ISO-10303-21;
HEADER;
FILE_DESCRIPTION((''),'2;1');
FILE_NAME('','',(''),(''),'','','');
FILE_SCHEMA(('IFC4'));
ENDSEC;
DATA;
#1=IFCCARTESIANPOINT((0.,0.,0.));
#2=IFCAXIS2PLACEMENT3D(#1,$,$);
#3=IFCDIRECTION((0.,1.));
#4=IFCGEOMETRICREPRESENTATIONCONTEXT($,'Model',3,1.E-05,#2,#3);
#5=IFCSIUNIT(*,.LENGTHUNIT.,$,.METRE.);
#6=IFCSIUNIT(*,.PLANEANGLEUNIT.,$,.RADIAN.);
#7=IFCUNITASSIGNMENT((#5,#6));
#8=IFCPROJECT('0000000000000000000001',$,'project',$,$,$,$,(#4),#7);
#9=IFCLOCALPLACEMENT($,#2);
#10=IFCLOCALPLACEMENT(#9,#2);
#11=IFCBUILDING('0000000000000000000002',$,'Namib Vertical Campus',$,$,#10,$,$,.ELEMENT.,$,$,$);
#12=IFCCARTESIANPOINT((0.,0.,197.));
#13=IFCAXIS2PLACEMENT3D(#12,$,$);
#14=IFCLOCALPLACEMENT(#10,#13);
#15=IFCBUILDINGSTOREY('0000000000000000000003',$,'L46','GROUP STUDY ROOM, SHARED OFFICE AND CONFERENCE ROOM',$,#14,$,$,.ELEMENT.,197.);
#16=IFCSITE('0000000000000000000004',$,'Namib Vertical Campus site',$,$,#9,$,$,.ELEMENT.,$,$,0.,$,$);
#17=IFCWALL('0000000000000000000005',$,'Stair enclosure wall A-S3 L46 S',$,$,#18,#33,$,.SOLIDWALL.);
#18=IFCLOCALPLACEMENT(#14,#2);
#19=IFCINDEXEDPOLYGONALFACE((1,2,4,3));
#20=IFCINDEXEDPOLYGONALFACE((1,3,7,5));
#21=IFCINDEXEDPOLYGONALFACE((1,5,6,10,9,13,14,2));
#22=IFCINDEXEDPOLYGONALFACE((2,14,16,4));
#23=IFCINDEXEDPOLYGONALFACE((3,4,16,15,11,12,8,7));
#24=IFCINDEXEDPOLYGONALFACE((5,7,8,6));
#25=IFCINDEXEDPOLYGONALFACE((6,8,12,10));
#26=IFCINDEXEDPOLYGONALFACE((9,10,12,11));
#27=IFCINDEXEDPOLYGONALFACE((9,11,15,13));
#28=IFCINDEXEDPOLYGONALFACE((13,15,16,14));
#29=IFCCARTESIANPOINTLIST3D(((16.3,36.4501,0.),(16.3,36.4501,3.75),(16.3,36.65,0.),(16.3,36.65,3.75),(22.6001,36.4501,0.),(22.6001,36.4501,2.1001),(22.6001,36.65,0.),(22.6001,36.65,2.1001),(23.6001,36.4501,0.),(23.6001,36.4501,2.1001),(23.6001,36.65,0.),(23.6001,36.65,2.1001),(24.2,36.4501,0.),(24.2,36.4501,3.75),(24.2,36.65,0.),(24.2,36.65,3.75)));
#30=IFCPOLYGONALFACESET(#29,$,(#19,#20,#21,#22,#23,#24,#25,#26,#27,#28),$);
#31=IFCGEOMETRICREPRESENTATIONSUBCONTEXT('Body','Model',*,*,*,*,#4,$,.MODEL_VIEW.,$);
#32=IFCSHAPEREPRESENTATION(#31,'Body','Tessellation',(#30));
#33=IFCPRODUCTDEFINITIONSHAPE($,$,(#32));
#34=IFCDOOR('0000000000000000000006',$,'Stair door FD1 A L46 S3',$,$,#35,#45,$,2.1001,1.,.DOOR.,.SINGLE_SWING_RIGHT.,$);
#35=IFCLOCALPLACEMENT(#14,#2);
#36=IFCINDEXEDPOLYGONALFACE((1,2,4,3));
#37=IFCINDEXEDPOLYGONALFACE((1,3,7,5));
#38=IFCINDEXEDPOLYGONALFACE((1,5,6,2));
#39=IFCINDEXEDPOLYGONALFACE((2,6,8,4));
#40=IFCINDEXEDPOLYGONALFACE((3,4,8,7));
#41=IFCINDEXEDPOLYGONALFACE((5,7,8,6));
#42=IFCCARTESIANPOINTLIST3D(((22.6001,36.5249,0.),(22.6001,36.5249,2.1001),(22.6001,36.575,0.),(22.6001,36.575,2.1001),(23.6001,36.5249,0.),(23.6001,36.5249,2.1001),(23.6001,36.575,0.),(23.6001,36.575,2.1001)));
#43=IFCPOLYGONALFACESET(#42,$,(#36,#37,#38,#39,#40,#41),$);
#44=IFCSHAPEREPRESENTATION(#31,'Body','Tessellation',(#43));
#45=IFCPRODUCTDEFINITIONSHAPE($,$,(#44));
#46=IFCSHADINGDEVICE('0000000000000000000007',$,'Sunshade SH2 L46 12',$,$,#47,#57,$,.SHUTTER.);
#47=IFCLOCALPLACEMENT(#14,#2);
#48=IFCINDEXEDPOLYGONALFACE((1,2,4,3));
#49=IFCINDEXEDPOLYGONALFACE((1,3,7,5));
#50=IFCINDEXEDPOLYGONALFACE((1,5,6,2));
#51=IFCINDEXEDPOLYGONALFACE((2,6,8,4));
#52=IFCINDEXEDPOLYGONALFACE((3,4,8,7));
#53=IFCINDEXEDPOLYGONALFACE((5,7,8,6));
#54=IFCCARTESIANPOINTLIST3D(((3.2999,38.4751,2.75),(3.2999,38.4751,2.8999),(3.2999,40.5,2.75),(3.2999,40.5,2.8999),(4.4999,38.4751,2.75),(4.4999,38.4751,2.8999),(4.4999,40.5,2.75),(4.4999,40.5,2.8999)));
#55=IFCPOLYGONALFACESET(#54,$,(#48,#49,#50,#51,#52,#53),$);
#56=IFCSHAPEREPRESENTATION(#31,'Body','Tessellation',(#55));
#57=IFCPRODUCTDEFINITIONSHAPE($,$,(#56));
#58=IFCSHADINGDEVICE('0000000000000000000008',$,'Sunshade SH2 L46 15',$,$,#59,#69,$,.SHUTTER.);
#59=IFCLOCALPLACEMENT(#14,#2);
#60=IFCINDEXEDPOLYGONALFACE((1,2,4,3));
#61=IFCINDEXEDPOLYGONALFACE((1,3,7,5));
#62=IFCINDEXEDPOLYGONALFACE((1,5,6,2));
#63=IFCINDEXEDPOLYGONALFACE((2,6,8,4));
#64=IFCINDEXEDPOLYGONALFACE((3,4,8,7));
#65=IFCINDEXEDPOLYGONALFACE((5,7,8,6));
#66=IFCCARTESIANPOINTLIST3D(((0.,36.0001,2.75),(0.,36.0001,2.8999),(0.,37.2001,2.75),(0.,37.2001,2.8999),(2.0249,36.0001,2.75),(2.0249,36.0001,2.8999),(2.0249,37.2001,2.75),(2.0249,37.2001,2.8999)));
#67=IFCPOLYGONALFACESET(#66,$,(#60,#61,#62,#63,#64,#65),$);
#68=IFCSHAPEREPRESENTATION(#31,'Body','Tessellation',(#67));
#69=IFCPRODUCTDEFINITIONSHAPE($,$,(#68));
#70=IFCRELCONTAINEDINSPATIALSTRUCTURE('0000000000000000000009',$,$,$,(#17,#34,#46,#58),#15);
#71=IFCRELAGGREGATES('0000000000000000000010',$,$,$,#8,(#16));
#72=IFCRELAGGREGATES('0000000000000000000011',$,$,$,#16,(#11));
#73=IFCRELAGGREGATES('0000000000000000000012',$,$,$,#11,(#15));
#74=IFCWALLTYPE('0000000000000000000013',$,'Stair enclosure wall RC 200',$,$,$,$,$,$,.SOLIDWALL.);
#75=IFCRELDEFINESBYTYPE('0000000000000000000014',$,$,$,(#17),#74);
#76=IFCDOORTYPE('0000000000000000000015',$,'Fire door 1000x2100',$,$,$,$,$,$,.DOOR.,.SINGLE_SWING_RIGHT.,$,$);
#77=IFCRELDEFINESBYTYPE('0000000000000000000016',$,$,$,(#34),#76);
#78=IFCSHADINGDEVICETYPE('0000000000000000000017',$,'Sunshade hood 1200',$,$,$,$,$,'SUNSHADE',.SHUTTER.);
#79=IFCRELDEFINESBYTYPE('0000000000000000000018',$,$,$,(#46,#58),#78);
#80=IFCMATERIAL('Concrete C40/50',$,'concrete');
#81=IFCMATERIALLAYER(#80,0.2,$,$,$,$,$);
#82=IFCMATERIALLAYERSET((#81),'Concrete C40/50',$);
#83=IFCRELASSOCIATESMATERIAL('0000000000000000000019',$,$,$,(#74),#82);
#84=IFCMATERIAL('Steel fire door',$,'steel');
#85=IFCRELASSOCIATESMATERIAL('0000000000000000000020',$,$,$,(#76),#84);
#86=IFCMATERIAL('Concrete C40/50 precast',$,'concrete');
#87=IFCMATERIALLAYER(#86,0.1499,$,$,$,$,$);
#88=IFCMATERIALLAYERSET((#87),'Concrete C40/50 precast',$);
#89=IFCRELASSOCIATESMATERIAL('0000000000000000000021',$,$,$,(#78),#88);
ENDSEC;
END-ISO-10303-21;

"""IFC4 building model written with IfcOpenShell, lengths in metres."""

from ifc_helpers import new_model, si_unit, direction, frame, frame_2d, origin, origin_2d, place, context, subcontext, project, spatial, rectangle, extrude, material, layer, layer_set, type_object, element, fill, save


model = new_model("IFC4")

# Units and contexts
model_context = context("Model", 3, precision=1e-05, world=origin(), true_north=direction((0.0, 1.0)))
body_context = subcontext(model_context, "Body", "Model", "MODEL_VIEW")
ifc_project = project(units=[si_unit("LENGTHUNIT", "METRE"), si_unit("PLANEANGLEUNIT", "RADIAN")], contexts=[model_context])

# Site, building, storey
site_placement = place(None, origin())
site = spatial("IfcSite", under=ifc_project, at=site_placement, Name="Namib Vertical Campus site", CompositionType="ELEMENT", RefElevation=0.0)
building_placement = place(site_placement, origin())
building = spatial("IfcBuilding", under=site, at=building_placement, Name="Namib Vertical Campus", CompositionType="ELEMENT")
storey_placement = place(building_placement, frame((0.0, 0.0, 197.0)))
storey = spatial("IfcBuildingStorey", under=building, at=storey_placement, Name="L46", Description="GROUP STUDY ROOM, SHARED OFFICE AND CONFERENCE ROOM", CompositionType="ELEMENT", Elevation=197.0)

# Wall, opening, door
ifc_material_1 = material(Name="Concrete C40/50", Category="concrete")
ifc_layer_1 = layer(ifc_material_1, 0.2)
ifc_layer_set_1 = layer_set([ifc_layer_1], Name="Concrete C40/50")
wall_type_1 = type_object("IfcWallType", Name="Stair enclosure wall RC 200", PredefinedType="SOLIDWALL", material=ifc_layer_set_1)
wall_1_placement = place(storey_placement, frame((16.3, 36.55, 0.0), z_axis=(0.0, 0.0, 1.0), x_axis=(1.0, 0.0, 0.0)))
wall_1 = element("IfcWall", 1, at=wall_1_placement, inside=storey, type_object=wall_type_1, Name="Stair enclosure wall A-S3 L46 S", PredefinedType="SOLIDWALL", context=body_context, shape_type="SweptSolid", body=[
    extrude(rectangle(XDim=7.8999, YDim=0.2, at=frame_2d((3.95, 0.0))), origin(), (0.0, 0.0, 1.0), 3.75),
])
opening_1_placement = place(wall_1_placement, frame((6.3, 0.0, 0.0)))
opening_1 = element("IfcOpeningElement", 2, at=opening_1_placement, cuts=wall_1, PredefinedType="OPENING", context=body_context, shape_type="SweptSolid", body=[
    extrude(rectangle(XDim=1.0, YDim=2.1001, at=frame_2d((0.5, 1.05))), frame((0.0, 0.1099, 0.0), z_axis=(0.0, -1.0, 0.0), x_axis=(1.0, 0.0, 0.0)), (0.0, 0.0, 1.0), 0.22),
])
ifc_material_2 = material(Name="Steel fire door", Category="steel")
door_type = type_object("IfcDoorType", Name="Fire door 1000x2100", OperationType="SINGLE_SWING_RIGHT", PredefinedType="DOOR", material=ifc_material_2)
door_placement = place(opening_1_placement, origin())
door = element("IfcDoor", 3, at=door_placement, inside=storey, type_object=door_type, Name="Stair door FD1 A L46 S3", OperationType="SINGLE_SWING_RIGHT", OverallHeight=2.1001, OverallWidth=1.0, PredefinedType="DOOR", context=body_context, shape_type="SweptSolid", body=[
    extrude(rectangle(XDim=1.0, YDim=2.1001, at=frame_2d((0.5, 1.05))), frame((0.0, 0.0249, 0.0), z_axis=(0.0, -1.0, 0.0), x_axis=(1.0, 0.0, 0.0)), (0.0, 0.0, 1.0), 0.05),
])
fill(opening_1, door)

# Shading devices
ifc_material_3 = material(Name="Concrete C40/50 precast", Category="concrete")
ifc_layer_2 = layer(ifc_material_3, 0.1499)
ifc_layer_set_2 = layer_set([ifc_layer_2], Name="Concrete C40/50 precast")
shading_device_type = type_object("IfcShadingDeviceType", Name="Sunshade hood 1200", ElementType="SUNSHADE", PredefinedType="SHUTTER", material=ifc_layer_set_2)
for number, where, z_axis, x_axis, name in (
    (4, (3.8999, 39.4875, 2.75), (0.0, 0.0, 1.0), (0.0, -1.0, 0.0), "Sunshade SH2 L46 12"),
    (5, (1.0125, 36.6001, 2.75), (0.0, 0.0, 1.0), (-1.0, 0.0, 0.0), "Sunshade SH2 L46 15"),
):
    element("IfcShadingDevice", number, at=place(storey_placement, frame(where, z_axis=z_axis, x_axis=x_axis)), inside=storey, type_object=shading_device_type, Name=name, PredefinedType="SHUTTER", context=body_context, shape_type="SweptSolid", body=[
        extrude(rectangle(XDim=2.0249, YDim=1.2, at=origin_2d()), origin(), (0.0, 0.0, 1.0), 0.1499),
    ])

save(model, "model.ifc")
